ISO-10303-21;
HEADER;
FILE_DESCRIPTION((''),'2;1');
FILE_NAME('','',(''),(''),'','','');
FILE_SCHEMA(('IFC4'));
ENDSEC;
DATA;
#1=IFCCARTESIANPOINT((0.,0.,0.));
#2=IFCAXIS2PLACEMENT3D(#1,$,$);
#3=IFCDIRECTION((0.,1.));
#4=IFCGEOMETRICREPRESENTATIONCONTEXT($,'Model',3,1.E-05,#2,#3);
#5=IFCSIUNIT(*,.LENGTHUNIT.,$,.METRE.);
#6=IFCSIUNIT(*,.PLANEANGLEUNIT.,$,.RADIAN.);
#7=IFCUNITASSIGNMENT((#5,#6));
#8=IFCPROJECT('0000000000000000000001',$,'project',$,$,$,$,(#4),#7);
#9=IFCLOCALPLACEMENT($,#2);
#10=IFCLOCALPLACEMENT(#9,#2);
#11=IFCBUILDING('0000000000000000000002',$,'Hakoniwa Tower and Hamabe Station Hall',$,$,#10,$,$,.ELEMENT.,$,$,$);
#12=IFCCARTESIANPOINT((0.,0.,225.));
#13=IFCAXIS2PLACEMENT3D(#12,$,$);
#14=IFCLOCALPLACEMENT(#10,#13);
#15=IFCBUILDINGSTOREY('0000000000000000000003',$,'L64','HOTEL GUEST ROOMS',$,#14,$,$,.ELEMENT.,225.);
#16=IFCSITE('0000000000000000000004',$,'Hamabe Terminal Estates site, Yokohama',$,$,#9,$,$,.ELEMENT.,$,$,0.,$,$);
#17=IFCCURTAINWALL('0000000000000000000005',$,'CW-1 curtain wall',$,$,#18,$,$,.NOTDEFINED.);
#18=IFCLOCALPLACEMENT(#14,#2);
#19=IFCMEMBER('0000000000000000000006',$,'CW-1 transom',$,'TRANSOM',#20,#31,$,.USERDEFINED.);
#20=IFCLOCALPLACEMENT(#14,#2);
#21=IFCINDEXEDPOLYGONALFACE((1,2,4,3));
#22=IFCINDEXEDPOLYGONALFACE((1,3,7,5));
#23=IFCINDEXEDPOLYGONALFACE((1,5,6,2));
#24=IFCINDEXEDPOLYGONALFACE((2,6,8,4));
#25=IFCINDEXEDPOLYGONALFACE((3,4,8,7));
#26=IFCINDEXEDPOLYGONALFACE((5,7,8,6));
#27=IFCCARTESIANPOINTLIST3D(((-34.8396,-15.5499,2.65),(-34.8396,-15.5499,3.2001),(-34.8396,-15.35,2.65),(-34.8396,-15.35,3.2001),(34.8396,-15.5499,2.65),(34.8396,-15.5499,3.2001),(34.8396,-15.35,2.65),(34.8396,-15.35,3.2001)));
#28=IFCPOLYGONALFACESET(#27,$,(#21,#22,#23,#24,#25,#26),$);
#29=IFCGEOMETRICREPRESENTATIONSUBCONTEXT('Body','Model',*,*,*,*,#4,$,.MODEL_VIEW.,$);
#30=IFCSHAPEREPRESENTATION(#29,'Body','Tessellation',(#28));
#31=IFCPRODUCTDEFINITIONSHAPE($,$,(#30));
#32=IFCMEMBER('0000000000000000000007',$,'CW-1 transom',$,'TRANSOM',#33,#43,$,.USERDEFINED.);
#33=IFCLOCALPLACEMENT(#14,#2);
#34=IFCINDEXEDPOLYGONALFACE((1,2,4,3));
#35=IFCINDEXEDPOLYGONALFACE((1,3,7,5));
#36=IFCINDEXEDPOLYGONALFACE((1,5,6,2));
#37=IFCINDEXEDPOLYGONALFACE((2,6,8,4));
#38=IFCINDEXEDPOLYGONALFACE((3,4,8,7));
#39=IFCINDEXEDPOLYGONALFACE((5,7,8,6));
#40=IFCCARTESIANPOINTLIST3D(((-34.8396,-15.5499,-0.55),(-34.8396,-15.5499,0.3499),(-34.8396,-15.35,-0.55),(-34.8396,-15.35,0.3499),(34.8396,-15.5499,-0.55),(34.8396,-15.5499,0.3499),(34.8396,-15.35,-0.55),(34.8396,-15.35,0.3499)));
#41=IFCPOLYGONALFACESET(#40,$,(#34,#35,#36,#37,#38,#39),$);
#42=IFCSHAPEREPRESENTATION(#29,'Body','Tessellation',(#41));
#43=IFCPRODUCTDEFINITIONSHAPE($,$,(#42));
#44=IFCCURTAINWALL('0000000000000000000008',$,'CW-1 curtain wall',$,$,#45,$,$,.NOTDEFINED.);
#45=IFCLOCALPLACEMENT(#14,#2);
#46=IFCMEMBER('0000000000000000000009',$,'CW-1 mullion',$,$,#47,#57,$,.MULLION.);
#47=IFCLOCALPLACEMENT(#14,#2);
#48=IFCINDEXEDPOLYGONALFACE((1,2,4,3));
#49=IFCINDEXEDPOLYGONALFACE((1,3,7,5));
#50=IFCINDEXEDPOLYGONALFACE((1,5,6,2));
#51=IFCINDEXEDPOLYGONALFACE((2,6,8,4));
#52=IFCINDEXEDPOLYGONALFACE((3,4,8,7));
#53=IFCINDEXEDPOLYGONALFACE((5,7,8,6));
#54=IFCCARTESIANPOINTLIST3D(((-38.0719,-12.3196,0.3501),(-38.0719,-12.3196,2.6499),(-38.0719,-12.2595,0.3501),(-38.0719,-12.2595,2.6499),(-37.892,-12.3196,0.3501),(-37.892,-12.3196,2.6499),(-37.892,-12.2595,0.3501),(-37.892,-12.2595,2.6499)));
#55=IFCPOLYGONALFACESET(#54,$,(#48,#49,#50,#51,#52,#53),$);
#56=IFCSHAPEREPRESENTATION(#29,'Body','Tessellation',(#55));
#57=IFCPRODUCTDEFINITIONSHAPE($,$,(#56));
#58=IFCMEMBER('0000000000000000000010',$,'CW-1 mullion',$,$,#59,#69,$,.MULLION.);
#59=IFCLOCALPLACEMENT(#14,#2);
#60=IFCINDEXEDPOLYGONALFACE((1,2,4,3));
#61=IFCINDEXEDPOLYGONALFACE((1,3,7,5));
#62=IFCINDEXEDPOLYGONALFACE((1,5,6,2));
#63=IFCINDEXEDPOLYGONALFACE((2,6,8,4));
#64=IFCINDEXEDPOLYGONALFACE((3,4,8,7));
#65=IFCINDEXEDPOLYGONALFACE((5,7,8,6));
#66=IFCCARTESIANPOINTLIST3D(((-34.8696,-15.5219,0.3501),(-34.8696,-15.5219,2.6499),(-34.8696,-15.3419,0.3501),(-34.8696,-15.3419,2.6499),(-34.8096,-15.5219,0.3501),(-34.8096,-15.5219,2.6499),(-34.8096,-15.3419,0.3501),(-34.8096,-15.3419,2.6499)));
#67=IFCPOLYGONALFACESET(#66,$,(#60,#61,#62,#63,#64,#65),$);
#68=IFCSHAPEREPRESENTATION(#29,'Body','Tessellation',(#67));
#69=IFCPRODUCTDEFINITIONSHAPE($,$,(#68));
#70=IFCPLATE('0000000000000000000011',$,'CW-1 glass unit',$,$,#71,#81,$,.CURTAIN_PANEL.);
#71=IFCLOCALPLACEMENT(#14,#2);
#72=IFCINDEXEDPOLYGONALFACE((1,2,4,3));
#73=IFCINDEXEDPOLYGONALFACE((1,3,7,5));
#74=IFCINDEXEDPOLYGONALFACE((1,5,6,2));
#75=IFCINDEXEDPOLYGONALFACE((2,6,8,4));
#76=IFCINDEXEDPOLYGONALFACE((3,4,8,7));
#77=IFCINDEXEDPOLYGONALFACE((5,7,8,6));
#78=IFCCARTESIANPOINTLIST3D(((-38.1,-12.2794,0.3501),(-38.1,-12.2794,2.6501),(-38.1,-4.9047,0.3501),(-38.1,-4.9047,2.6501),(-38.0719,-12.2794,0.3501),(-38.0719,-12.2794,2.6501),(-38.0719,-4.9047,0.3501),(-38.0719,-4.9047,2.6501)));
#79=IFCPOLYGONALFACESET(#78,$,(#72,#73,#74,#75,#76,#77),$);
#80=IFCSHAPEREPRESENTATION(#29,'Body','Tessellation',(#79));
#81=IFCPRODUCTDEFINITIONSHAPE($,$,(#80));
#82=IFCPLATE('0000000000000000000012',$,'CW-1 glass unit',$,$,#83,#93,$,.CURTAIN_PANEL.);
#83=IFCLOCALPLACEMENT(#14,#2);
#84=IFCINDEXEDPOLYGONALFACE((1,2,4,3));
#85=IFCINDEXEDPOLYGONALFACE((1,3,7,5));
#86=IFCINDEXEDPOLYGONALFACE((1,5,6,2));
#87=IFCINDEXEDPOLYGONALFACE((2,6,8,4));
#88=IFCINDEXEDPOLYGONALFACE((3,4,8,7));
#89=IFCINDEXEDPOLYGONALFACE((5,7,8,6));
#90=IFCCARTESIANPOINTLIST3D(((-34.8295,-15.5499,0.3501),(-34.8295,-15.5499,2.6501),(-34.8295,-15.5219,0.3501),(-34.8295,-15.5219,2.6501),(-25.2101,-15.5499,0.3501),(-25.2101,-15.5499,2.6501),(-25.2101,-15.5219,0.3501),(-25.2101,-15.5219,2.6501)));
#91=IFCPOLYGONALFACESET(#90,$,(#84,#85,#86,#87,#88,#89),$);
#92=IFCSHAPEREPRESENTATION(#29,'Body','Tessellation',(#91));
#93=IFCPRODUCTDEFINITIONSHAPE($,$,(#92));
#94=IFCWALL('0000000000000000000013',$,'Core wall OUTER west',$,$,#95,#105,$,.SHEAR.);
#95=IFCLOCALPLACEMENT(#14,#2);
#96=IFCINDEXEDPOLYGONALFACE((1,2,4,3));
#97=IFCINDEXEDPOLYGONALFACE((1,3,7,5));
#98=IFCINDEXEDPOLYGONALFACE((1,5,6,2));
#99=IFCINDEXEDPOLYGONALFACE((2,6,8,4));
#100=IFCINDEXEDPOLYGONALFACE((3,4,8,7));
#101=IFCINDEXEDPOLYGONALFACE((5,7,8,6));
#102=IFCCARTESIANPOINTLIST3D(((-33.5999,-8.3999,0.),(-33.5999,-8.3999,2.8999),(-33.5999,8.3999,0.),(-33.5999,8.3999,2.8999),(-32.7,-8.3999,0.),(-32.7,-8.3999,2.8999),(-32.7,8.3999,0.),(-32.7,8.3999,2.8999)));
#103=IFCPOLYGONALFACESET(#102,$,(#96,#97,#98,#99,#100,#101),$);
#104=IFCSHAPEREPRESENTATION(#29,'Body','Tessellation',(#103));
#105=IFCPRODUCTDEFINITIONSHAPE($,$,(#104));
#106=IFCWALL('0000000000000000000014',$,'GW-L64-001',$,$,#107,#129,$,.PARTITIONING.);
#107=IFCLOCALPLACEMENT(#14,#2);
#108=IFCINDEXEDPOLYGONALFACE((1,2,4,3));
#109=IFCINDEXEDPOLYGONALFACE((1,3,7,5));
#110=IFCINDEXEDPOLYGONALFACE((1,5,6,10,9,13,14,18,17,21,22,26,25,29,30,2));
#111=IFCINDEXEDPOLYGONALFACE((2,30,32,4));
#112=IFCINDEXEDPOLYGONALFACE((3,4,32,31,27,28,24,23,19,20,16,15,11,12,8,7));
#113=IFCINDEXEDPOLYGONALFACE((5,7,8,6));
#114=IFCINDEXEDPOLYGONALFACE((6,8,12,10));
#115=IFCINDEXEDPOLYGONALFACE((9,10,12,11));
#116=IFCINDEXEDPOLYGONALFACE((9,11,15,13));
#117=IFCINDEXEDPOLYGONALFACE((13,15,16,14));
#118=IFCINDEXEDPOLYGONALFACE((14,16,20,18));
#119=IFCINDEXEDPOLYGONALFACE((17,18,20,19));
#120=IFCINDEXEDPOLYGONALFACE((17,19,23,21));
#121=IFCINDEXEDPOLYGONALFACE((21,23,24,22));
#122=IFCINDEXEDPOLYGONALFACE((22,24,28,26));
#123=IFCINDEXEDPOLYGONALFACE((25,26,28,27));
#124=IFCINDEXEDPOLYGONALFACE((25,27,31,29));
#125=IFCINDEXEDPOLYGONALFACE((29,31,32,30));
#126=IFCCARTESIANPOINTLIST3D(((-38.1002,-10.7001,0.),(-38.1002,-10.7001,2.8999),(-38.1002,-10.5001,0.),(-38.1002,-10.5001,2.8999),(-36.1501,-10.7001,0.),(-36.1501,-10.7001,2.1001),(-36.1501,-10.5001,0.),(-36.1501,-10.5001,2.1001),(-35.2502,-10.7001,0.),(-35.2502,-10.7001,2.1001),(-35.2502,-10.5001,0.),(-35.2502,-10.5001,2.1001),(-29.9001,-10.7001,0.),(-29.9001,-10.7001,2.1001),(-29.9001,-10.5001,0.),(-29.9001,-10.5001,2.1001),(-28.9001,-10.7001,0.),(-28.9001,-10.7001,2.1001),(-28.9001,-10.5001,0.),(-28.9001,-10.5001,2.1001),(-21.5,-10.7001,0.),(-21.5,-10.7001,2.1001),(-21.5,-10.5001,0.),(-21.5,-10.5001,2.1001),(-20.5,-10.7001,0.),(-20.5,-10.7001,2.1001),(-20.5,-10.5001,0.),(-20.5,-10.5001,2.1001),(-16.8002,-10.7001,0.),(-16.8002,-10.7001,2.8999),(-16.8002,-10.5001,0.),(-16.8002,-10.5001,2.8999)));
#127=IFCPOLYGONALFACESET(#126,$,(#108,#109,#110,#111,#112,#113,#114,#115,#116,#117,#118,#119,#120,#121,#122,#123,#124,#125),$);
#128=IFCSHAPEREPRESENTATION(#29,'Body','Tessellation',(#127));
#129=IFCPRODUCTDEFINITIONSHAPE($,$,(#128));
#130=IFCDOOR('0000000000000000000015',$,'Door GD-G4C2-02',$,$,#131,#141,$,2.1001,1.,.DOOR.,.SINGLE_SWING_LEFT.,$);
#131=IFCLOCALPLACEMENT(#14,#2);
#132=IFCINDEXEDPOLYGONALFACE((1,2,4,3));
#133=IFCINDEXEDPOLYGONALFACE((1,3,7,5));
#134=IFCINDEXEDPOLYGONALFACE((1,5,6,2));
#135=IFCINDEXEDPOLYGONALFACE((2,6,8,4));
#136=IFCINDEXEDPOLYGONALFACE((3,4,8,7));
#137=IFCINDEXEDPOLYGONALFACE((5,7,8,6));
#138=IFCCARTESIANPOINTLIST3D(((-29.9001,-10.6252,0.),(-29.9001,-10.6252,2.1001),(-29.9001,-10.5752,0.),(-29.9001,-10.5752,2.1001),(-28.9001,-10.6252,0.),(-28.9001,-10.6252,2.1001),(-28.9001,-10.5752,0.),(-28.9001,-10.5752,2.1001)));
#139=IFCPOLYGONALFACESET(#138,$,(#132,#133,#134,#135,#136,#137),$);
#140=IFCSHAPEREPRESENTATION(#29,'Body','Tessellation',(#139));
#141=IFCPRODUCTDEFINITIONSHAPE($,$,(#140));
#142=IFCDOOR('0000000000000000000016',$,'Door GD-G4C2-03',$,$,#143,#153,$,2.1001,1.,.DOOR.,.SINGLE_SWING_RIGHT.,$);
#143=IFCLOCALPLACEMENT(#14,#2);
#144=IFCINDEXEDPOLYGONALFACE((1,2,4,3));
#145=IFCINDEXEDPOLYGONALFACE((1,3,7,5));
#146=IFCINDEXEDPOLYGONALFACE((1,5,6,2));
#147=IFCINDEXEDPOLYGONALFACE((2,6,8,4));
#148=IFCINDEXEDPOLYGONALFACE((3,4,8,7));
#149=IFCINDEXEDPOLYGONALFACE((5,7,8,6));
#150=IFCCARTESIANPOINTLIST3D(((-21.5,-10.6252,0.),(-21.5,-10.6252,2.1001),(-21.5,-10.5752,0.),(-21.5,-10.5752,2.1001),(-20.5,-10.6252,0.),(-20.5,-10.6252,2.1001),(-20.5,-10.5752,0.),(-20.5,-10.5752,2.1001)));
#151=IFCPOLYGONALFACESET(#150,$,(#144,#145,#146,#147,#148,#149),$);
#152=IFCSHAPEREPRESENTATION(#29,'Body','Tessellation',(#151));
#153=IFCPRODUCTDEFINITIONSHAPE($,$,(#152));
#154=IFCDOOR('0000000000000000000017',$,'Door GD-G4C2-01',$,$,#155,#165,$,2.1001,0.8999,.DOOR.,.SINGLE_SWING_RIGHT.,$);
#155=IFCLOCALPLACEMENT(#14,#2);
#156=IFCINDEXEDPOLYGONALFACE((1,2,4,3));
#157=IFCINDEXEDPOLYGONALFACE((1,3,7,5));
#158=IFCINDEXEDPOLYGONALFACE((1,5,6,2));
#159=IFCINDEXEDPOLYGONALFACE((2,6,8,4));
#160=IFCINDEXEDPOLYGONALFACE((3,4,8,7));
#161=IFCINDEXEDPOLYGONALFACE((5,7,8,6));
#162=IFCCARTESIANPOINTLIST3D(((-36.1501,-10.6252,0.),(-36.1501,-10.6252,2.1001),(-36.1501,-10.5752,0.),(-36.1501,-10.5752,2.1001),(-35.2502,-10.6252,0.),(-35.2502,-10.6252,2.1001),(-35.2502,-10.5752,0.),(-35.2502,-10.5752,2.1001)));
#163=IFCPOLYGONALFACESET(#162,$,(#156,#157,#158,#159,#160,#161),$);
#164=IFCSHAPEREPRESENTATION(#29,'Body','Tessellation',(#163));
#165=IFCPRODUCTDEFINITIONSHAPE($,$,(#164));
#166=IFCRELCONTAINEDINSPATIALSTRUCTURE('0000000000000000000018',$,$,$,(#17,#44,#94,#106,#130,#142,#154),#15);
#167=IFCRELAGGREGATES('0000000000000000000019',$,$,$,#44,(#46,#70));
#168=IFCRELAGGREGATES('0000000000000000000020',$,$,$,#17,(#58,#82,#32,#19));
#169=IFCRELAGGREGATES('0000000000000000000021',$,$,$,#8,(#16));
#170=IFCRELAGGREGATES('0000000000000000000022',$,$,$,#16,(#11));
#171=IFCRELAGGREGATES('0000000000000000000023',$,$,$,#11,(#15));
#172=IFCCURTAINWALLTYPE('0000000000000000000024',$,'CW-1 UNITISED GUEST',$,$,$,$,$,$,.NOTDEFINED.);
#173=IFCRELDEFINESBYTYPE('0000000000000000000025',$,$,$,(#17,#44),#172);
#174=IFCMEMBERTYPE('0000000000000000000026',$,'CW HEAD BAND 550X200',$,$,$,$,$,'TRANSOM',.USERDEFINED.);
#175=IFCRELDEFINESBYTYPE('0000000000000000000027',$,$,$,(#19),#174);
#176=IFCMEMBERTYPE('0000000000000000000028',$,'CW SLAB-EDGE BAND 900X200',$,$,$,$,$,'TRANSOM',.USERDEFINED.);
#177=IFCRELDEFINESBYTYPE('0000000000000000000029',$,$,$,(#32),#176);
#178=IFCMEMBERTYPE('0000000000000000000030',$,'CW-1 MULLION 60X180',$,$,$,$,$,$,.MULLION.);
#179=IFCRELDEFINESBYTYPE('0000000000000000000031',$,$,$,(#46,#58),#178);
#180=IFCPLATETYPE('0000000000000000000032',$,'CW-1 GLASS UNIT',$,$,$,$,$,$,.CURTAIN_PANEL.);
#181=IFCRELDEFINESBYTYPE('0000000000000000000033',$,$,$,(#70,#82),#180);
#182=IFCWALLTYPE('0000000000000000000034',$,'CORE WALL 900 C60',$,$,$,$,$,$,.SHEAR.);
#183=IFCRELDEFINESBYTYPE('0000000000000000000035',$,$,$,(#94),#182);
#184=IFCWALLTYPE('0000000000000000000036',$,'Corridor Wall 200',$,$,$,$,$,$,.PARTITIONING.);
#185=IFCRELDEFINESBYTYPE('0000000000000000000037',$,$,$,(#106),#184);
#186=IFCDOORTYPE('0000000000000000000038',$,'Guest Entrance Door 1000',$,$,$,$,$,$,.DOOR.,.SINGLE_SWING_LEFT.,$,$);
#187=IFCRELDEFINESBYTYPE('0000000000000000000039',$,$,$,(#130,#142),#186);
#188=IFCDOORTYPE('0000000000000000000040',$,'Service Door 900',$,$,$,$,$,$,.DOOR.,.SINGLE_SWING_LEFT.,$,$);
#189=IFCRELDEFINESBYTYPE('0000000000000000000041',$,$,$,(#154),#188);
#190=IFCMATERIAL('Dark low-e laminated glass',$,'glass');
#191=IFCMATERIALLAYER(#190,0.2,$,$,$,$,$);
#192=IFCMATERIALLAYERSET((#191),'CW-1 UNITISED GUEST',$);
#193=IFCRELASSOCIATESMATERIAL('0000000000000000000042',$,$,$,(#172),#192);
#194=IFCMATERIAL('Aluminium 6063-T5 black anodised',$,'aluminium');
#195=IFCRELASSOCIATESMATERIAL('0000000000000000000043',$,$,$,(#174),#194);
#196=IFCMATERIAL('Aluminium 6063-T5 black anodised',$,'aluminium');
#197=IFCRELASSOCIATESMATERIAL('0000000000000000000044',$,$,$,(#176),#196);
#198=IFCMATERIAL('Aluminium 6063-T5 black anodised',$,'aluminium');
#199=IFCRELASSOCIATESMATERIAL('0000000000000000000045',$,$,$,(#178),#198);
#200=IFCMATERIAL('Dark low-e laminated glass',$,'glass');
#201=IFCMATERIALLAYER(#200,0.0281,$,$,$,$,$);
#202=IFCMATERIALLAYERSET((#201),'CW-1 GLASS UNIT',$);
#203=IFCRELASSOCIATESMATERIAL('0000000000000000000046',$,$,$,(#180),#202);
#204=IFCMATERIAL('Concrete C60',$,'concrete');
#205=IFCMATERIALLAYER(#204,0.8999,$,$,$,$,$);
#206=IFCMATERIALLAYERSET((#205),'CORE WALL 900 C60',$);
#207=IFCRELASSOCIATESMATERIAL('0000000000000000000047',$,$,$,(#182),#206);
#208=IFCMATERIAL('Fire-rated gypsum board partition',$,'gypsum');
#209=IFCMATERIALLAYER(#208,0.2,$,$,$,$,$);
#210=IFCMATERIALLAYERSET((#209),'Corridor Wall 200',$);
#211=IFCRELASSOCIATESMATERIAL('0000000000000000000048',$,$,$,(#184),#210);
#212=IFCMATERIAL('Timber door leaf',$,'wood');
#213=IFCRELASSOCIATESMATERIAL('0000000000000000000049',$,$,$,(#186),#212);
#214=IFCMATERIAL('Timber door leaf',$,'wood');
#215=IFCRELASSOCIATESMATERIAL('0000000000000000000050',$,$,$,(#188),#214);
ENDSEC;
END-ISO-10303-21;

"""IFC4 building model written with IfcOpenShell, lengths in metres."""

from ifc_helpers import new_model, si_unit, direction, frame, frame_2d, origin, origin_2d, place, context, subcontext, project, spatial, rectangle, extrude, material, layer, layer_set, material_profile, profile_set, type_object, element, fill, aggregate, save


model = new_model("IFC4")

# Units and contexts
model_context = context("Model", 3, precision=1e-05, world=origin(), true_north=direction((0.0, 1.0)))
body_context = subcontext(model_context, "Body", "Model", "MODEL_VIEW")
ifc_project = project(units=[si_unit("LENGTHUNIT", "METRE"), si_unit("PLANEANGLEUNIT", "RADIAN")], contexts=[model_context])

# Site, building, storey
site_placement = place(None, origin())
site = spatial("IfcSite", under=ifc_project, at=site_placement, Name="Hamabe Terminal Estates site, Yokohama", CompositionType="ELEMENT", RefElevation=0.0)
building_placement = place(site_placement, origin())
building = spatial("IfcBuilding", under=site, at=building_placement, Name="Hakoniwa Tower and Hamabe Station Hall", CompositionType="ELEMENT")
storey_placement = place(building_placement, frame((0.0, 0.0, 225.0)))
storey = spatial("IfcBuildingStorey", under=building, at=storey_placement, Name="L64", Description="HOTEL GUEST ROOMS", CompositionType="ELEMENT", Elevation=225.0)

# Curtain wall, members
ifc_material_1 = material(Name="Dark low-e laminated glass", Category="glass")
ifc_layer_1 = layer(ifc_material_1, 0.2)
ifc_layer_set_1 = layer_set([ifc_layer_1], Name="CW-1 UNITISED GUEST")
curtain_wall_type = type_object("IfcCurtainWallType", Name="CW-1 UNITISED GUEST", PredefinedType="NOTDEFINED", material=ifc_layer_set_1)
curtain_wall_1_placement = place(storey_placement, origin())
curtain_wall_1 = element("IfcCurtainWall", 1, at=curtain_wall_1_placement, inside=storey, type_object=curtain_wall_type, Name="CW-1 curtain wall", PredefinedType="NOTDEFINED")
ifc_material_2 = material(Name="Aluminium 6063-T5 black anodised", Category="aluminium")
ifc_material_profile_1 = material_profile(ifc_material_2, rectangle(XDim=0.2, YDim=0.55, at=origin_2d()), Name="CW HEAD BAND 550X200")
ifc_profile_set_1 = profile_set([ifc_material_profile_1], Name="Aluminium 6063-T5 black anodised")
member_type_1 = type_object("IfcMemberType", Name="CW HEAD BAND 550X200", ElementType="TRANSOM", PredefinedType="USERDEFINED", material=ifc_profile_set_1)
member_1_placement = place(storey_placement, frame((-34.8396, -15.45, 2.925), z_axis=(1.0, 0.0, 0.0), x_axis=(0.0, 1.0, 0.0)))
member_1 = element("IfcMember", 2, at=member_1_placement, type_object=member_type_1, Name="CW-1 transom", ObjectType="TRANSOM", PredefinedType="USERDEFINED", context=body_context, shape_type="SweptSolid", body=[
    extrude(rectangle(XDim=0.2, YDim=0.55, at=origin_2d()), origin(), (0.0, 0.0, 1.0), 69.6792),
])
ifc_material_3 = material(Name="Aluminium 6063-T5 black anodised", Category="aluminium")
ifc_material_profile_2 = material_profile(ifc_material_3, rectangle(XDim=0.2, YDim=0.8999, at=origin_2d()), Name="CW SLAB-EDGE BAND 900X200")
ifc_profile_set_2 = profile_set([ifc_material_profile_2], Name="Aluminium 6063-T5 black anodised")
member_type_2 = type_object("IfcMemberType", Name="CW SLAB-EDGE BAND 900X200", ElementType="TRANSOM", PredefinedType="USERDEFINED", material=ifc_profile_set_2)
member_2_placement = place(storey_placement, frame((-34.8396, -15.45, -0.1001), z_axis=(1.0, 0.0, 0.0), x_axis=(0.0, 1.0, 0.0)))
member_2 = element("IfcMember", 3, at=member_2_placement, type_object=member_type_2, Name="CW-1 transom", ObjectType="TRANSOM", PredefinedType="USERDEFINED", context=body_context, shape_type="SweptSolid", body=[
    extrude(rectangle(XDim=0.2, YDim=0.8999, at=origin_2d()), origin(), (0.0, 0.0, 1.0), 69.6792),
])

# Curtain wall, member
curtain_wall_2_placement = place(storey_placement, origin())
curtain_wall_2 = element("IfcCurtainWall", 4, at=curtain_wall_2_placement, inside=storey, type_object=curtain_wall_type, Name="CW-1 curtain wall", PredefinedType="NOTDEFINED")
ifc_material_4 = material(Name="Aluminium 6063-T5 black anodised", Category="aluminium")
ifc_material_profile_3 = material_profile(ifc_material_4, rectangle(XDim=0.0601, YDim=0.1799, at=origin_2d()), Name="CW-1 MULLION 60X180")
ifc_profile_set_3 = profile_set([ifc_material_profile_3], Name="Aluminium 6063-T5 black anodised")
member_type_3 = type_object("IfcMemberType", Name="CW-1 MULLION 60X180", PredefinedType="MULLION", material=ifc_profile_set_3)
member_3_placement = place(storey_placement, frame((-37.9819, -12.2896, 0.3501), z_axis=(0.0, 0.0, 1.0), x_axis=(0.0, -1.0, 0.0)))
member_3 = element("IfcMember", 5, at=member_3_placement, type_object=member_type_3, Name="CW-1 mullion", PredefinedType="MULLION", context=body_context, shape_type="SweptSolid", body=[
    extrude(rectangle(XDim=0.0601, YDim=0.1799, at=origin_2d()), origin(), (0.0, 0.0, 1.0), 2.2998),
])

# Member
member_4_placement = place(storey_placement, frame((-34.8396, -15.4319, 0.3501), z_axis=(0.0, 0.0, 1.0), x_axis=(1.0, 0.0, 0.0)))
member_4 = element("IfcMember", 6, at=member_4_placement, type_object=member_type_3, Name="CW-1 mullion", PredefinedType="MULLION", context=body_context, shape_type="SweptSolid", body=[
    extrude(rectangle(XDim=0.0601, YDim=0.1799, at=origin_2d()), origin(), (0.0, 0.0, 1.0), 2.2998),
])

# Plates
ifc_material_5 = material(Name="Dark low-e laminated glass", Category="glass")
ifc_layer_2 = layer(ifc_material_5, 0.0281)
ifc_layer_set_2 = layer_set([ifc_layer_2], Name="CW-1 GLASS UNIT")
plate_type = type_object("IfcPlateType", Name="CW-1 GLASS UNIT", PredefinedType="CURTAIN_PANEL", material=ifc_layer_set_2)
plate_1_placement = place(storey_placement, frame((-38.0859, -8.592, 0.3501), z_axis=(0.0, 0.0, 1.0), x_axis=(0.0, -1.0, 0.0)))
plate_1 = element("IfcPlate", 7, at=plate_1_placement, type_object=plate_type, Name="CW-1 glass unit", PredefinedType="CURTAIN_PANEL", context=body_context, shape_type="SweptSolid", body=[
    extrude(rectangle(XDim=7.3748, YDim=0.0281, at=origin_2d()), origin(), (0.0, 0.0, 1.0), 2.3),
])
aggregate(curtain_wall_2, [member_3, plate_1])
plate_2_placement = place(storey_placement, frame((-30.0198, -15.5359, 0.3501), z_axis=(0.0, 0.0, 1.0), x_axis=(1.0, 0.0, 0.0)))
plate_2 = element("IfcPlate", 8, at=plate_2_placement, type_object=plate_type, Name="CW-1 glass unit", PredefinedType="CURTAIN_PANEL", context=body_context, shape_type="SweptSolid", body=[
    extrude(rectangle(XDim=9.6194, YDim=0.0281, at=origin_2d()), origin(), (0.0, 0.0, 1.0), 2.3),
])
aggregate(curtain_wall_1, [member_4, plate_2, member_2, member_1])

# Wall
ifc_material_6 = material(Name="Concrete C60", Category="concrete")
ifc_layer_3 = layer(ifc_material_6, 0.8999)
ifc_layer_set_3 = layer_set([ifc_layer_3], Name="CORE WALL 900 C60")
wall_type_1 = type_object("IfcWallType", Name="CORE WALL 900 C60", PredefinedType="SHEAR", material=ifc_layer_set_3)
wall_1_placement = place(storey_placement, frame((-33.1499, -8.3999, 0.0), z_axis=(0.0, 0.0, 1.0), x_axis=(0.0, 1.0, 0.0)))
element("IfcWall", 9, at=wall_1_placement, inside=storey, type_object=wall_type_1, Name="Core wall OUTER west", PredefinedType="SHEAR", context=body_context, shape_type="SweptSolid", body=[
    extrude(rectangle(XDim=16.7998, YDim=0.8999, at=frame_2d((8.3999, 0.0))), origin(), (0.0, 0.0, 1.0), 2.8999),
])

# Wall, openings, doors
ifc_material_7 = material(Name="Fire-rated gypsum board partition", Category="gypsum")
ifc_layer_4 = layer(ifc_material_7, 0.2)
ifc_layer_set_4 = layer_set([ifc_layer_4], Name="Corridor Wall 200")
wall_type_2 = type_object("IfcWallType", Name="Corridor Wall 200", PredefinedType="PARTITIONING", material=ifc_layer_set_4)
wall_2_placement = place(storey_placement, frame((-38.1001, -10.6001, 0.0), z_axis=(0.0, 0.0, 1.0), x_axis=(1.0, 0.0, 0.0)))
wall_2 = element("IfcWall", 10, at=wall_2_placement, inside=storey, type_object=wall_type_2, Name="GW-L64-001", PredefinedType="PARTITIONING", context=body_context, shape_type="SweptSolid", body=[
    extrude(rectangle(XDim=21.3, YDim=0.2, at=frame_2d((10.6499, 0.0))), origin(), (0.0, 0.0, 1.0), 2.8999),
])
opening_1_placement = place(wall_2_placement, frame((1.95, 0.0, 0.0)))
opening_1 = element("IfcOpeningElement", 11, at=opening_1_placement, cuts=wall_2, PredefinedType="OPENING", context=body_context, shape_type="SweptSolid", body=[
    extrude(rectangle(XDim=0.8999, YDim=2.1001, at=frame_2d((0.45, 1.05))), frame((0.0, 0.1099, 0.0), z_axis=(0.0, -1.0, 0.0), x_axis=(1.0, 0.0, 0.0)), (0.0, 0.0, 1.0), 0.22),
])
opening_2_placement = place(wall_2_placement, frame((8.2, 0.0, 0.0)))
opening_2 = element("IfcOpeningElement", 12, at=opening_2_placement, cuts=wall_2, PredefinedType="OPENING", context=body_context, shape_type="SweptSolid", body=[
    extrude(rectangle(XDim=1.0, YDim=2.1001, at=frame_2d((0.5, 1.05))), frame((0.0, 0.1099, 0.0), z_axis=(0.0, -1.0, 0.0), x_axis=(1.0, 0.0, 0.0)), (0.0, 0.0, 1.0), 0.22),
])
opening_3_placement = place(wall_2_placement, frame((16.6001, 0.0, 0.0)))
opening_3 = element("IfcOpeningElement", 13, at=opening_3_placement, cuts=wall_2, PredefinedType="OPENING", context=body_context, shape_type="SweptSolid", body=[
    extrude(rectangle(XDim=1.0, YDim=2.1001, at=frame_2d((0.5, 1.05))), frame((0.0, 0.1099, 0.0), z_axis=(0.0, -1.0, 0.0), x_axis=(1.0, 0.0, 0.0)), (0.0, 0.0, 1.0), 0.22),
])
ifc_material_8 = material(Name="Timber door leaf", Category="wood")
door_type_1 = type_object("IfcDoorType", Name="Guest Entrance Door 1000", OperationType="SINGLE_SWING_LEFT", PredefinedType="DOOR", material=ifc_material_8)
door_1_placement = place(opening_2_placement, origin())
door_1 = element("IfcDoor", 14, at=door_1_placement, inside=storey, type_object=door_type_1, Name="Door GD-G4C2-02", OperationType="SINGLE_SWING_LEFT", OverallHeight=2.1001, OverallWidth=1.0, PredefinedType="DOOR", context=body_context, shape_type="SweptSolid", body=[
    extrude(rectangle(XDim=1.0, YDim=2.1001, at=frame_2d((0.5, 1.05))), frame((0.0, 0.0249, 0.0), z_axis=(0.0, -1.0, 0.0), x_axis=(1.0, 0.0, 0.0)), (0.0, 0.0, 1.0), 0.05),
])
fill(opening_2, door_1)
door_2_placement = place(opening_3_placement, origin())
door_2 = element("IfcDoor", 15, at=door_2_placement, inside=storey, type_object=door_type_1, Name="Door GD-G4C2-03", OperationType="SINGLE_SWING_RIGHT", OverallHeight=2.1001, OverallWidth=1.0, PredefinedType="DOOR", context=body_context, shape_type="SweptSolid", body=[
    extrude(rectangle(XDim=1.0, YDim=2.1001, at=frame_2d((0.5, 1.05))), frame((0.0, 0.0249, 0.0), z_axis=(0.0, -1.0, 0.0), x_axis=(1.0, 0.0, 0.0)), (0.0, 0.0, 1.0), 0.05),
])
fill(opening_3, door_2)
ifc_material_9 = material(Name="Timber door leaf", Category="wood")
door_type_2 = type_object("IfcDoorType", Name="Service Door 900", OperationType="SINGLE_SWING_LEFT", PredefinedType="DOOR", material=ifc_material_9)
door_3_placement = place(opening_1_placement, origin())
door_3 = element("IfcDoor", 16, at=door_3_placement, inside=storey, type_object=door_type_2, Name="Door GD-G4C2-01", OperationType="SINGLE_SWING_RIGHT", OverallHeight=2.1001, OverallWidth=0.8999, PredefinedType="DOOR", context=body_context, shape_type="SweptSolid", body=[
    extrude(rectangle(XDim=0.8999, YDim=2.1001, at=frame_2d((0.45, 1.05))), frame((0.0, 0.0249, 0.0), z_axis=(0.0, -1.0, 0.0), x_axis=(1.0, 0.0, 0.0)), (0.0, 0.0, 1.0), 0.05),
])
fill(opening_1, door_3)

save(model, "model.ifc")
